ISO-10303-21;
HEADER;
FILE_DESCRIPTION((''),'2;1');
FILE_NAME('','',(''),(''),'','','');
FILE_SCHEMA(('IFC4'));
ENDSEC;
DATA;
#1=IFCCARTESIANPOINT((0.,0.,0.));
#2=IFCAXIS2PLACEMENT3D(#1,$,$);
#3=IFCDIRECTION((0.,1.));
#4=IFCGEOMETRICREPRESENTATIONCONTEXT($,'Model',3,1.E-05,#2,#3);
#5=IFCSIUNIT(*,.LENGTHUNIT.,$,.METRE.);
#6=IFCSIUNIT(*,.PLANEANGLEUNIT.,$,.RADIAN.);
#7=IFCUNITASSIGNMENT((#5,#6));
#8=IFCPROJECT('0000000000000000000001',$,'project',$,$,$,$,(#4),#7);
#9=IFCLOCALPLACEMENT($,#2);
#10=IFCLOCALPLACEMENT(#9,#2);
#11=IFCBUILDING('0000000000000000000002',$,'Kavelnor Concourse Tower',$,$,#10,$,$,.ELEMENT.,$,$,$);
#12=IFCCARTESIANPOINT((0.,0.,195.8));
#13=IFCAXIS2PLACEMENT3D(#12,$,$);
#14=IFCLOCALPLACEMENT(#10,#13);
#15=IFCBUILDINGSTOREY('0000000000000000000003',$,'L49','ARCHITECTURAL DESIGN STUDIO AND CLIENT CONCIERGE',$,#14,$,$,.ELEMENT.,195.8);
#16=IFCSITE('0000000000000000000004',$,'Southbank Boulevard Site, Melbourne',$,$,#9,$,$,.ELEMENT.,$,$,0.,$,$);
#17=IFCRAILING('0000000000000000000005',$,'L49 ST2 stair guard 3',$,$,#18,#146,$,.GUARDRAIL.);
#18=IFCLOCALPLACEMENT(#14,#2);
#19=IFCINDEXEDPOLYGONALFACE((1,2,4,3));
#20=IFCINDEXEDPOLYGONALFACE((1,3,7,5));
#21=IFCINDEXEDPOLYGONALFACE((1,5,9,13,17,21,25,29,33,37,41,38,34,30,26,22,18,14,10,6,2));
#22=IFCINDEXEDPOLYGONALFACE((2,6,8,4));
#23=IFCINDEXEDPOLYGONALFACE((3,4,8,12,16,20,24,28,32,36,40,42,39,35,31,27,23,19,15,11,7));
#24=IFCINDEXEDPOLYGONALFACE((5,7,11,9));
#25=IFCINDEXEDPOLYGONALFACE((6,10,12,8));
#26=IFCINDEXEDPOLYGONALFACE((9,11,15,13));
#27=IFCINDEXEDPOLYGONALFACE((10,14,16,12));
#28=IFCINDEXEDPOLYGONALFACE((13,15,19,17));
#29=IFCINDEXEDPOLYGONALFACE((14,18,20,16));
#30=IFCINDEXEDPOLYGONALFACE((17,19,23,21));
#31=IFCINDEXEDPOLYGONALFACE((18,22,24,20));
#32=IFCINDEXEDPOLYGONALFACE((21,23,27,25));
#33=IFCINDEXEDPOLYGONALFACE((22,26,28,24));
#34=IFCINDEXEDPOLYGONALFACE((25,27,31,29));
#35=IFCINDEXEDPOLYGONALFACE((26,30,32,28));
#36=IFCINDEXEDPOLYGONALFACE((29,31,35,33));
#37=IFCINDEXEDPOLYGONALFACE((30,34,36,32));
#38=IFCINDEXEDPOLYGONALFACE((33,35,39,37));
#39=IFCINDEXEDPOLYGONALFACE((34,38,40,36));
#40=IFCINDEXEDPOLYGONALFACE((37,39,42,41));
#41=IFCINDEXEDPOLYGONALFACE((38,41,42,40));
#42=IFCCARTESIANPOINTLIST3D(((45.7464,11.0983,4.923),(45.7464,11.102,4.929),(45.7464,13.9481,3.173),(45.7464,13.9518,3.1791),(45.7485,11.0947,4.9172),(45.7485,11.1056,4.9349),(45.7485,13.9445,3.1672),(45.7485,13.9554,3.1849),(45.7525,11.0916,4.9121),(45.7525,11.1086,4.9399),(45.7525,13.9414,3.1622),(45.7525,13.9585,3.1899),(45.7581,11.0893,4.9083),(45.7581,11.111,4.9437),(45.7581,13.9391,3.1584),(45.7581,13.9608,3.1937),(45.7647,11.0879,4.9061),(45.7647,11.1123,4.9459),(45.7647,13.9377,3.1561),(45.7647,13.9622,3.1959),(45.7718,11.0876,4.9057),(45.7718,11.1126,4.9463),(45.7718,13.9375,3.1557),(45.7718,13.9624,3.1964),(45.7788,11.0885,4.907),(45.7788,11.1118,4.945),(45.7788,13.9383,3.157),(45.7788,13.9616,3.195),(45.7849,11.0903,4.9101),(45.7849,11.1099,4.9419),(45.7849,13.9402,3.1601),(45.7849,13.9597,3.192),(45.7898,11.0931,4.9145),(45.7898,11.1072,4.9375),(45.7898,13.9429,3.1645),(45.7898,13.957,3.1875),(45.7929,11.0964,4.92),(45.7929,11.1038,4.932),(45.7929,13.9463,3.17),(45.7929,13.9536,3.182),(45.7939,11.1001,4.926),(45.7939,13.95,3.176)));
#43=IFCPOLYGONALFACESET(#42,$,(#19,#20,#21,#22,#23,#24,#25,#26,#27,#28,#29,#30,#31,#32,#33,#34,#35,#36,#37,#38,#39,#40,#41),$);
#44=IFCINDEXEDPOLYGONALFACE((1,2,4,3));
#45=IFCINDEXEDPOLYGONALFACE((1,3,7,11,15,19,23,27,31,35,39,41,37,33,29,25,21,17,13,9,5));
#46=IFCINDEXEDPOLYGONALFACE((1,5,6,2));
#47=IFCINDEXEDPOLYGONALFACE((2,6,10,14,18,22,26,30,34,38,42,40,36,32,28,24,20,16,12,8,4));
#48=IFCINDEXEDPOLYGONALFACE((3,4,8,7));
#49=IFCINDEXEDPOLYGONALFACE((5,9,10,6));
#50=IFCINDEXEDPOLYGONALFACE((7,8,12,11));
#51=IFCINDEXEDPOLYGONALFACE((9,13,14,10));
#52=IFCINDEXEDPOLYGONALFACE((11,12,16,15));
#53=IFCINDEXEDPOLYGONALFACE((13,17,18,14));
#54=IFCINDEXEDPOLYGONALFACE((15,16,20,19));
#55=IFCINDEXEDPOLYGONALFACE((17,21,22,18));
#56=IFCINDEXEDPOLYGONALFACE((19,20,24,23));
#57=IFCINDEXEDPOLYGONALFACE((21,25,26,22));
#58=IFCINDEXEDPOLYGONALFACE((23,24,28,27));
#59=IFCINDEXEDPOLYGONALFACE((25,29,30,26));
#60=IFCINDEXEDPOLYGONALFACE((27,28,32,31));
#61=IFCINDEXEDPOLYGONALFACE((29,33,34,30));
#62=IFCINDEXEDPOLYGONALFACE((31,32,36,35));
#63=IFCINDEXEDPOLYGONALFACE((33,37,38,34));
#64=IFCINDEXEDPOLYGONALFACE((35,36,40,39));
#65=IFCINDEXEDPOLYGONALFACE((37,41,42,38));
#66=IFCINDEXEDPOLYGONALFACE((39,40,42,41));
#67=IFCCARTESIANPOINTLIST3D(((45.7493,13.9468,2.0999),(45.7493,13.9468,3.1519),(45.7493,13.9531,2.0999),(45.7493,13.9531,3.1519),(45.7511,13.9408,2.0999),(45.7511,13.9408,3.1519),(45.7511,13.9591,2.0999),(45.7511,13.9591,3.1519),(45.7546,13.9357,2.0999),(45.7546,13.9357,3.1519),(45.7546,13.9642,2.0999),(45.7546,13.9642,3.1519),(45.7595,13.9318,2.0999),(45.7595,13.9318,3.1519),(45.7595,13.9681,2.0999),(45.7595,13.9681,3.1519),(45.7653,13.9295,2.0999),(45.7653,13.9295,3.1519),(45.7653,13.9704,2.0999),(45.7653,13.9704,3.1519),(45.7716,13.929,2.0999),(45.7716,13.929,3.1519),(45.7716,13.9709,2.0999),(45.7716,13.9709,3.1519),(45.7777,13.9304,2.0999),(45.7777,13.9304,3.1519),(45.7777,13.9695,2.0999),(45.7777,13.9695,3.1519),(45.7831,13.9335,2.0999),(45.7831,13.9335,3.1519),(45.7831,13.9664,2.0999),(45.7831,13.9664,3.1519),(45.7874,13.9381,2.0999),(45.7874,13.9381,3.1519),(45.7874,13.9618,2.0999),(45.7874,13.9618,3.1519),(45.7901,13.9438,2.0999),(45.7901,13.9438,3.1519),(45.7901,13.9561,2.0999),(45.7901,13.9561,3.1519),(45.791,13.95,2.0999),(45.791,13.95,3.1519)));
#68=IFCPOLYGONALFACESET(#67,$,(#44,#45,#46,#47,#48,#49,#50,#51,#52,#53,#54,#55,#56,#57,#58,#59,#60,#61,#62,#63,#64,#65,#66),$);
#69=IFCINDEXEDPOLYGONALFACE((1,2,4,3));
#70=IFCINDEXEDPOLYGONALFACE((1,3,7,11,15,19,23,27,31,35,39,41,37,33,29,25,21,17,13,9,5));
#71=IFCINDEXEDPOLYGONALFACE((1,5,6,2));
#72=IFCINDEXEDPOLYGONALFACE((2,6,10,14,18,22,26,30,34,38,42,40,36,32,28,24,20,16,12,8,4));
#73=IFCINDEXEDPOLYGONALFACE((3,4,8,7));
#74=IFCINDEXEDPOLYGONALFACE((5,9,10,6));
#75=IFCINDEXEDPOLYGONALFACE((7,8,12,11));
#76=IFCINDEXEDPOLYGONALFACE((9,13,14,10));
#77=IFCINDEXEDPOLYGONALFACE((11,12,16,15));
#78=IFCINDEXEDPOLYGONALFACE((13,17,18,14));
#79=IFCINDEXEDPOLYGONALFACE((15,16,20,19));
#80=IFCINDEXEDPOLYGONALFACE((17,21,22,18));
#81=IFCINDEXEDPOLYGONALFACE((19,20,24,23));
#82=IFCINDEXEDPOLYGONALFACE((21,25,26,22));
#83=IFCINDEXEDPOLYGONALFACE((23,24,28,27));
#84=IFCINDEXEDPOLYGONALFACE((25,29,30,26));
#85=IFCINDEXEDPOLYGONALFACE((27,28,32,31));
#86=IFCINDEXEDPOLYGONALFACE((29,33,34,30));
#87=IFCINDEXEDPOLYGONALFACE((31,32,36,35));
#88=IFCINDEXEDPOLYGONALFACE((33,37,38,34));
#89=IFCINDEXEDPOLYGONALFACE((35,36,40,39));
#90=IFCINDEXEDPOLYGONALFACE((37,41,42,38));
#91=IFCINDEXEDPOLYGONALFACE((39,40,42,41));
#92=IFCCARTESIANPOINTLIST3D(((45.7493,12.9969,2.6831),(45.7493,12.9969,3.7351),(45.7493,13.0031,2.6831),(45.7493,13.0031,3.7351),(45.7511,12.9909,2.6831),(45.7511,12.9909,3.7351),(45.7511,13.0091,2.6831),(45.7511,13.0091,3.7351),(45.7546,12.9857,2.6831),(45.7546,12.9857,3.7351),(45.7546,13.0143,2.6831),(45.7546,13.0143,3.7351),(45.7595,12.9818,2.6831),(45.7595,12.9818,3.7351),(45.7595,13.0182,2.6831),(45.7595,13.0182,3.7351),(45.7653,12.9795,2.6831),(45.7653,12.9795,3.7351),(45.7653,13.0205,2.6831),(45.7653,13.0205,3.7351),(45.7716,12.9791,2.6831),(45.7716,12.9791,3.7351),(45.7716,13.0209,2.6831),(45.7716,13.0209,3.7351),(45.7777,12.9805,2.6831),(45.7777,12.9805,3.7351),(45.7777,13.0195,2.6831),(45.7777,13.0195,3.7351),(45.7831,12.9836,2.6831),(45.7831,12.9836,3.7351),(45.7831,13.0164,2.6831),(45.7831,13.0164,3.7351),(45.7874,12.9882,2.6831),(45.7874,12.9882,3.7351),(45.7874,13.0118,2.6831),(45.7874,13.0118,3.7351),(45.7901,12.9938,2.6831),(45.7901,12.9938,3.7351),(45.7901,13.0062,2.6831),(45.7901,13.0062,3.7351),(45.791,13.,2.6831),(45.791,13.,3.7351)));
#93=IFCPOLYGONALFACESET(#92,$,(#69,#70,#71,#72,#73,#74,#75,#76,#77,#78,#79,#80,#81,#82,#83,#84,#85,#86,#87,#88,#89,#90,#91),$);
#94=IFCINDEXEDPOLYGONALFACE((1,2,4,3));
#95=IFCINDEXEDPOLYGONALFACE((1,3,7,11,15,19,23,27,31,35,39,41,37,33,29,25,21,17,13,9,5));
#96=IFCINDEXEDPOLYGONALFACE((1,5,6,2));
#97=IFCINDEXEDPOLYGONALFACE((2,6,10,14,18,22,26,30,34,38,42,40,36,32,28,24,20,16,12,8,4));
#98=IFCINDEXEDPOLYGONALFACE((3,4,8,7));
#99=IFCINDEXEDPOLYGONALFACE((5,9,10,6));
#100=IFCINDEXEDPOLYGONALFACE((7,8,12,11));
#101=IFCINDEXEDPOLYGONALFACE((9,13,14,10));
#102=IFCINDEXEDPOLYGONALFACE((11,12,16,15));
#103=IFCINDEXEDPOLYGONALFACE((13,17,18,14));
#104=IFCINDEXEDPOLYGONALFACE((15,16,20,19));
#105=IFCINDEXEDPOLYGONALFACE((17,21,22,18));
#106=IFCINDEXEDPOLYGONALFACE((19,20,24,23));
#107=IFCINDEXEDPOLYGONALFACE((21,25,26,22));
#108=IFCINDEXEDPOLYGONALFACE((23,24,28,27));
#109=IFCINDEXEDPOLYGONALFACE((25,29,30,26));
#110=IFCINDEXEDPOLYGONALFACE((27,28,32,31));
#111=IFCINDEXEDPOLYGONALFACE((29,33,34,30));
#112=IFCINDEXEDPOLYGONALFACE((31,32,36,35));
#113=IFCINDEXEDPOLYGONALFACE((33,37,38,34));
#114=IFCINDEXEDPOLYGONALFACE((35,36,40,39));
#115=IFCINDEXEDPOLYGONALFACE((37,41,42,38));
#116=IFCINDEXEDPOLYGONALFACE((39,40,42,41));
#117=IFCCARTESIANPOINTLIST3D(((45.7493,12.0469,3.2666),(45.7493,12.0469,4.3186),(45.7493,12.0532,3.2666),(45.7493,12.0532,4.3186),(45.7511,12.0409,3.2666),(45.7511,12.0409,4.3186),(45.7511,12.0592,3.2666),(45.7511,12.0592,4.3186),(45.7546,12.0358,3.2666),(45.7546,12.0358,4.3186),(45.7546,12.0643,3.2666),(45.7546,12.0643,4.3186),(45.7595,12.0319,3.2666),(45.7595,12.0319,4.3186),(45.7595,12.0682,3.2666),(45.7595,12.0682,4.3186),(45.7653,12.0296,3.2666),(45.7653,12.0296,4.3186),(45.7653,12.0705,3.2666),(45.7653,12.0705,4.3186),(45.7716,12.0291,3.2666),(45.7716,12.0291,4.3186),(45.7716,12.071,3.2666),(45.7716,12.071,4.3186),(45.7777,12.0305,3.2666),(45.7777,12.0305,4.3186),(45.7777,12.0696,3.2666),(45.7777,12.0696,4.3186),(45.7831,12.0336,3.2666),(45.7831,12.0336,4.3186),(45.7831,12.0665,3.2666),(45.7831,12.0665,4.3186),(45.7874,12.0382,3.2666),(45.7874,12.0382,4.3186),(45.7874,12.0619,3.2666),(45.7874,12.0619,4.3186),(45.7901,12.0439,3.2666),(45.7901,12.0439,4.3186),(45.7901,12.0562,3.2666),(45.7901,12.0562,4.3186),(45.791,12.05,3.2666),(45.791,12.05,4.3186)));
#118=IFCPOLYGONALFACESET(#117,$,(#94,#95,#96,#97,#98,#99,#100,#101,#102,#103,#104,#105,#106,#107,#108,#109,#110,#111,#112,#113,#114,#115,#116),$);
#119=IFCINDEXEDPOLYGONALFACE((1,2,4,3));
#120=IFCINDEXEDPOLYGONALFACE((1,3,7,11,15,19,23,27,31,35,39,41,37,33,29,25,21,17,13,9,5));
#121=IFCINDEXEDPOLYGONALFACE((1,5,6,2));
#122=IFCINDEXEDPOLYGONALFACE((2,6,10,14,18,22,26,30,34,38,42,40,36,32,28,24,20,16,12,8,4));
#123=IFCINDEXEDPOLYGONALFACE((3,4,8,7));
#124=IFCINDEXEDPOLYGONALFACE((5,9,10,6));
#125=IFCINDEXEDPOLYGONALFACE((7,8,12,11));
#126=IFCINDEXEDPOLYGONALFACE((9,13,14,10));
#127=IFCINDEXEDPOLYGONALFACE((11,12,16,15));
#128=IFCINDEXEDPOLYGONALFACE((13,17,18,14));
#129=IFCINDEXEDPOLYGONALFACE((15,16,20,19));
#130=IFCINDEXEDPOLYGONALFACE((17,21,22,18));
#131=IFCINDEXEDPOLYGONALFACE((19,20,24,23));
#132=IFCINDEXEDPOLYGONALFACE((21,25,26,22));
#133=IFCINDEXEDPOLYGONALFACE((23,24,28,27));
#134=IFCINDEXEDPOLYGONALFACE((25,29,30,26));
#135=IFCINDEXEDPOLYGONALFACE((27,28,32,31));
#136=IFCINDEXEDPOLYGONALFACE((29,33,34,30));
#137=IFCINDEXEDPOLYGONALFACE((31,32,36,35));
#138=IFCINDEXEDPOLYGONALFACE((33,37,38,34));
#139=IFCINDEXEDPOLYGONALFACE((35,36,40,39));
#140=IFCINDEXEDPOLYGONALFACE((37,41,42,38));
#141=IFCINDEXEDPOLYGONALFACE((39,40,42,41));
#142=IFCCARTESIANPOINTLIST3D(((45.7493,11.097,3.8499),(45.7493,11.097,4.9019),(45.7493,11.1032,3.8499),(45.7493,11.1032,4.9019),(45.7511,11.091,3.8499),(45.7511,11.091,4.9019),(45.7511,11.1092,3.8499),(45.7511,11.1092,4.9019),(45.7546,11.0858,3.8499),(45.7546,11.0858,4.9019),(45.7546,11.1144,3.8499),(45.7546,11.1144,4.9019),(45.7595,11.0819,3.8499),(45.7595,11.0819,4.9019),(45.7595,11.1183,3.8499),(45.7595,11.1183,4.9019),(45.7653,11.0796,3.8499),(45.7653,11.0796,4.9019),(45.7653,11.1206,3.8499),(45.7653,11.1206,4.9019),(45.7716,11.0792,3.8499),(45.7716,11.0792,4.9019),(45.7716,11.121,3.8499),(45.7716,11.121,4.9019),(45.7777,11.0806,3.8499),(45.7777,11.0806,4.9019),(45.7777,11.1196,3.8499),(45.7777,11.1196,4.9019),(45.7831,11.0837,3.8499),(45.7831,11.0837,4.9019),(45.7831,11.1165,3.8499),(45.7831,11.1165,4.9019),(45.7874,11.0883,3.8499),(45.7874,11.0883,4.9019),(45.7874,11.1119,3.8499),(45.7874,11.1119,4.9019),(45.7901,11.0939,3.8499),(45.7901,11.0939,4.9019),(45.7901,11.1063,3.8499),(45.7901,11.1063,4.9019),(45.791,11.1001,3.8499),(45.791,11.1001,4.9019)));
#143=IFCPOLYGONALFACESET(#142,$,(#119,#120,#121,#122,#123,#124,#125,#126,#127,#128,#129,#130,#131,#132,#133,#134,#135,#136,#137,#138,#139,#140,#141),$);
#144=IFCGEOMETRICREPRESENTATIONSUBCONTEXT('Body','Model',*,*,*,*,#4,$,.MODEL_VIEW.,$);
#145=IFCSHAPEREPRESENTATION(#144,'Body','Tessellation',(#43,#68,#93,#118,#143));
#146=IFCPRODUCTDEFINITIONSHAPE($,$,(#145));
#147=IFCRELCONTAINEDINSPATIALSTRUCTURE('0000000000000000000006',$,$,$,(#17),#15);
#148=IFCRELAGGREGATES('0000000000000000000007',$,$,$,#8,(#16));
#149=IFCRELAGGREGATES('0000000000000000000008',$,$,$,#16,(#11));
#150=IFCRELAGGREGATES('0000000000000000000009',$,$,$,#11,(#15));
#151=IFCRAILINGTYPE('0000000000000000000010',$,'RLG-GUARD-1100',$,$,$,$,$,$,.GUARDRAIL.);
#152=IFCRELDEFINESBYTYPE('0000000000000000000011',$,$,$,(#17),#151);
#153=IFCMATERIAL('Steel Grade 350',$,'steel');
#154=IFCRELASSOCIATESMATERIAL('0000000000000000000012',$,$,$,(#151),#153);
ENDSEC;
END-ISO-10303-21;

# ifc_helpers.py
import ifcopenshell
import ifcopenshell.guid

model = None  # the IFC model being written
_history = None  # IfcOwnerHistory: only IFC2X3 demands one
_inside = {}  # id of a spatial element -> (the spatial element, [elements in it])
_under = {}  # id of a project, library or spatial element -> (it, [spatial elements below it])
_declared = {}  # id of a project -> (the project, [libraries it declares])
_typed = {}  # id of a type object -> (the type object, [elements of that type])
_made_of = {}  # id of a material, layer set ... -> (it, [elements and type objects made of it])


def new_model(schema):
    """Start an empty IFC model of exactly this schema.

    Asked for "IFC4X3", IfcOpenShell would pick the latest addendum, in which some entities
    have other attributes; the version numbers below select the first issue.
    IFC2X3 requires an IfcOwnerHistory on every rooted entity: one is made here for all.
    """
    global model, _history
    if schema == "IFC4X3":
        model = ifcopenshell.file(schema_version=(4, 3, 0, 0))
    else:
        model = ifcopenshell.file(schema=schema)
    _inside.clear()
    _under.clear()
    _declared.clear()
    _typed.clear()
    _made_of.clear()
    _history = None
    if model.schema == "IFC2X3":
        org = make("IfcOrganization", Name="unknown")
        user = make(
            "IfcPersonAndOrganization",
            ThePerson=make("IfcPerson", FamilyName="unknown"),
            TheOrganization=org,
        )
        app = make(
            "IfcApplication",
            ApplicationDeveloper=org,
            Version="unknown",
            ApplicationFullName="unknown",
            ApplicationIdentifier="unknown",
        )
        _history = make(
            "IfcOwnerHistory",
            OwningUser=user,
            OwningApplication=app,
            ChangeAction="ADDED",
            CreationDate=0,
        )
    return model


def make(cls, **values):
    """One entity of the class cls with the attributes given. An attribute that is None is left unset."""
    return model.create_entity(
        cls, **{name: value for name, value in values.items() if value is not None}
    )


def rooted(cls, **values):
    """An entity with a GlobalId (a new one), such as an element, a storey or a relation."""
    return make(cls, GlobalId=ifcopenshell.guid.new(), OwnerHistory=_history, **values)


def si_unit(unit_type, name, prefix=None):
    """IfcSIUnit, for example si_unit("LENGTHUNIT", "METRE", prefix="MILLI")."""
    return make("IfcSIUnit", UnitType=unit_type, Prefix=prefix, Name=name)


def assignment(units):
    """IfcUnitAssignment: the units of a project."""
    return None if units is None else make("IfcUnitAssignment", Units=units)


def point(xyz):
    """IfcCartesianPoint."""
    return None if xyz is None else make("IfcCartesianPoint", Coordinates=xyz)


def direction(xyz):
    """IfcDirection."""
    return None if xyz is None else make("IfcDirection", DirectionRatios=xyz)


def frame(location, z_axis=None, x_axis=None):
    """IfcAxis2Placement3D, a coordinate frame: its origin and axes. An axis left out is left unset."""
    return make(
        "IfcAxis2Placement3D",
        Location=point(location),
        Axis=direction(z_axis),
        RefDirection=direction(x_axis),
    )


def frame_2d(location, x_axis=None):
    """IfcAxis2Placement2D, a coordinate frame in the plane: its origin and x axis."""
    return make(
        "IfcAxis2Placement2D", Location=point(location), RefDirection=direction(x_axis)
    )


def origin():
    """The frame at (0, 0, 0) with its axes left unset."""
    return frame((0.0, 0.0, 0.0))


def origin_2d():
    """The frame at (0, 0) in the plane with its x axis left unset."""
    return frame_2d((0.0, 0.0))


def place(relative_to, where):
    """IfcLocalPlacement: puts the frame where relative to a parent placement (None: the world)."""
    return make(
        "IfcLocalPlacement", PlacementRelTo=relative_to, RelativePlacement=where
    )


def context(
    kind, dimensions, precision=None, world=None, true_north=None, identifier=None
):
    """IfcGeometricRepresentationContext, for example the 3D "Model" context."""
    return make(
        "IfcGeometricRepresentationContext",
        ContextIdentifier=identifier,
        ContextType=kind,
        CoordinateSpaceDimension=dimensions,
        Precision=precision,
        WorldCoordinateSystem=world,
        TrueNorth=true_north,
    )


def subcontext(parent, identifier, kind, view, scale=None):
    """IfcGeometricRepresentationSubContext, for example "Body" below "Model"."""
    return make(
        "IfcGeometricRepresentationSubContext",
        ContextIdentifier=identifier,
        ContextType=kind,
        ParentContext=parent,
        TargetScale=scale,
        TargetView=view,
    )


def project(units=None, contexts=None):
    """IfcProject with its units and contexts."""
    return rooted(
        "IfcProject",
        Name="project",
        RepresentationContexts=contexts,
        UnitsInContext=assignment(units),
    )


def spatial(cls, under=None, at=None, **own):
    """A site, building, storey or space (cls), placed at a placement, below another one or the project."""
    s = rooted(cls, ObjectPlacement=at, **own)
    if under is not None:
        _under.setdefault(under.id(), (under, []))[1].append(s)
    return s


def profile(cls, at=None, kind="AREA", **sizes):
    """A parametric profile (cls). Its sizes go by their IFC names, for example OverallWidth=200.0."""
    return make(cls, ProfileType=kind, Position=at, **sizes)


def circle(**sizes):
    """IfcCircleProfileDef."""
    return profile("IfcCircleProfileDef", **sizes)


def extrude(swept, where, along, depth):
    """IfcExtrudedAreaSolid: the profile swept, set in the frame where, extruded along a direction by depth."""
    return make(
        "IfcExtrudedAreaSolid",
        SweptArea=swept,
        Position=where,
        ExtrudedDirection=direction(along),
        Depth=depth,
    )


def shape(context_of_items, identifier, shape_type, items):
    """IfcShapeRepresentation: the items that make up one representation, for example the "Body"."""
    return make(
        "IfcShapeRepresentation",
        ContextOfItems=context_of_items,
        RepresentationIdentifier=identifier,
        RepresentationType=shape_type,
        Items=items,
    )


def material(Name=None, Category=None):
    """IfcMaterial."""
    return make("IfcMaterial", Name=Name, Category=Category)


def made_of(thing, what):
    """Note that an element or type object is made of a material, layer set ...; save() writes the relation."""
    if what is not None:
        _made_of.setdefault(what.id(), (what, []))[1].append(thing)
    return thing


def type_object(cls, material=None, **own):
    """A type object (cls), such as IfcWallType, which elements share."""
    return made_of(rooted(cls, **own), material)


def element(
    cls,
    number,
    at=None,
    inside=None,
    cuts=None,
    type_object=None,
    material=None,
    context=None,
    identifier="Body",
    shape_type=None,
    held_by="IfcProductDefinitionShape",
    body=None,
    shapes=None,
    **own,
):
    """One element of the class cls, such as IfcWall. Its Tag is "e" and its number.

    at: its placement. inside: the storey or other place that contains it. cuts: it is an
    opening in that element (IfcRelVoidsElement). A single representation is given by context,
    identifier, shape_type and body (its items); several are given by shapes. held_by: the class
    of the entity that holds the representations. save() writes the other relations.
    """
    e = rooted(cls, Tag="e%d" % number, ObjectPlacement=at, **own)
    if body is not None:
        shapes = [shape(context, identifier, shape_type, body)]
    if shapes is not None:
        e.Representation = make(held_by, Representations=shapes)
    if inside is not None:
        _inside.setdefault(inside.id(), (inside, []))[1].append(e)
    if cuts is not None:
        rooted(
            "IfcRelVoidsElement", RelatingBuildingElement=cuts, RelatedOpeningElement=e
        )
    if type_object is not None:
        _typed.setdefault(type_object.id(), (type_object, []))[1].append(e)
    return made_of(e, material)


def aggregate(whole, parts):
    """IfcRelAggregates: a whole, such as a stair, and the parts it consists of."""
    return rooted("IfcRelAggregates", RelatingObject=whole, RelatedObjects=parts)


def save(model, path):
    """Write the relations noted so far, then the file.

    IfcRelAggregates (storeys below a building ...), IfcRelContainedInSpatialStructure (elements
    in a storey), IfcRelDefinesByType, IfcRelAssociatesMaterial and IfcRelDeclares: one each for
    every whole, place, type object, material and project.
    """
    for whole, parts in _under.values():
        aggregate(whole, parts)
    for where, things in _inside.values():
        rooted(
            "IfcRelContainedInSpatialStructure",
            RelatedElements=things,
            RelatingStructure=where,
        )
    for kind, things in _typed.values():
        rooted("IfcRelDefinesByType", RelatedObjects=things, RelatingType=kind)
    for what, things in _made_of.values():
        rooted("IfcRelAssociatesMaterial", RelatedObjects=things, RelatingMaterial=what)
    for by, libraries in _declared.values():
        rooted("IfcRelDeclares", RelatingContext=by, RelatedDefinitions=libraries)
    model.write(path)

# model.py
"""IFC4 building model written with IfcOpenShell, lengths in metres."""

from ifc_helpers import new_model, si_unit, direction, frame, origin, origin_2d, place, context, subcontext, project, spatial, circle, extrude, material, type_object, element, save


model = new_model("IFC4")

# Units and contexts
model_context = context("Model", 3, precision=1e-05, world=origin(), true_north=direction((0.0, 1.0)))
body_context = subcontext(model_context, "Body", "Model", "MODEL_VIEW")
ifc_project = project(units=[si_unit("LENGTHUNIT", "METRE"), si_unit("PLANEANGLEUNIT", "RADIAN")], contexts=[model_context])

# Site, building, storey
site_placement = place(None, origin())
site = spatial("IfcSite", under=ifc_project, at=site_placement, Name="Southbank Boulevard Site, Melbourne", CompositionType="ELEMENT", RefElevation=0.0)
building_placement = place(site_placement, origin())
building = spatial("IfcBuilding", under=site, at=building_placement, Name="Kavelnor Concourse Tower", CompositionType="ELEMENT")
storey_placement = place(building_placement, frame((0.0, 0.0, 195.8)))
storey = spatial("IfcBuildingStorey", under=building, at=storey_placement, Name="L49", Description="ARCHITECTURAL DESIGN STUDIO AND CLIENT CONCIERGE", CompositionType="ELEMENT", Elevation=195.8)

# Shared definitions
ifc_material_1 = material(Name="Steel Grade 350", Category="steel")

# Railing
railing_type_1 = type_object("IfcRailingType", Name="RLG-GUARD-1100", PredefinedType="GUARDRAIL", material=ifc_material_1)
railing_1_placement = place(storey_placement, frame((45.77, 13.95, 2.0999)))
element("IfcRailing", 1, at=railing_1_placement, inside=storey, type_object=railing_type_1, Name="L49 ST2 stair guard 3", PredefinedType="GUARDRAIL", context=body_context, shape_type="SweptSolid", body=[
    extrude(circle(Radius=0.0239, at=origin_2d()), frame((0.0, 0.0, 1.0762), z_axis=(0.0, -0.852159, 0.523283), x_axis=(1.0, 0.0, 0.0)), (0.0, 0.0, 1.0), 3.3442),
    extrude(circle(Radius=0.021, at=origin_2d()), origin(), (0.0, 0.0, 1.0), 1.052),
    extrude(circle(Radius=0.021, at=origin_2d()), frame((0.0, -0.95, 0.5833)), (0.0, 0.0, 1.0), 1.052),
    extrude(circle(Radius=0.021, at=origin_2d()), frame((0.0, -1.8999, 1.1667)), (0.0, 0.0, 1.0), 1.052),
    extrude(circle(Radius=0.021, at=origin_2d()), frame((0.0, -2.8499, 1.75)), (0.0, 0.0, 1.0), 1.052),
])

save(model, "model.ifc")
